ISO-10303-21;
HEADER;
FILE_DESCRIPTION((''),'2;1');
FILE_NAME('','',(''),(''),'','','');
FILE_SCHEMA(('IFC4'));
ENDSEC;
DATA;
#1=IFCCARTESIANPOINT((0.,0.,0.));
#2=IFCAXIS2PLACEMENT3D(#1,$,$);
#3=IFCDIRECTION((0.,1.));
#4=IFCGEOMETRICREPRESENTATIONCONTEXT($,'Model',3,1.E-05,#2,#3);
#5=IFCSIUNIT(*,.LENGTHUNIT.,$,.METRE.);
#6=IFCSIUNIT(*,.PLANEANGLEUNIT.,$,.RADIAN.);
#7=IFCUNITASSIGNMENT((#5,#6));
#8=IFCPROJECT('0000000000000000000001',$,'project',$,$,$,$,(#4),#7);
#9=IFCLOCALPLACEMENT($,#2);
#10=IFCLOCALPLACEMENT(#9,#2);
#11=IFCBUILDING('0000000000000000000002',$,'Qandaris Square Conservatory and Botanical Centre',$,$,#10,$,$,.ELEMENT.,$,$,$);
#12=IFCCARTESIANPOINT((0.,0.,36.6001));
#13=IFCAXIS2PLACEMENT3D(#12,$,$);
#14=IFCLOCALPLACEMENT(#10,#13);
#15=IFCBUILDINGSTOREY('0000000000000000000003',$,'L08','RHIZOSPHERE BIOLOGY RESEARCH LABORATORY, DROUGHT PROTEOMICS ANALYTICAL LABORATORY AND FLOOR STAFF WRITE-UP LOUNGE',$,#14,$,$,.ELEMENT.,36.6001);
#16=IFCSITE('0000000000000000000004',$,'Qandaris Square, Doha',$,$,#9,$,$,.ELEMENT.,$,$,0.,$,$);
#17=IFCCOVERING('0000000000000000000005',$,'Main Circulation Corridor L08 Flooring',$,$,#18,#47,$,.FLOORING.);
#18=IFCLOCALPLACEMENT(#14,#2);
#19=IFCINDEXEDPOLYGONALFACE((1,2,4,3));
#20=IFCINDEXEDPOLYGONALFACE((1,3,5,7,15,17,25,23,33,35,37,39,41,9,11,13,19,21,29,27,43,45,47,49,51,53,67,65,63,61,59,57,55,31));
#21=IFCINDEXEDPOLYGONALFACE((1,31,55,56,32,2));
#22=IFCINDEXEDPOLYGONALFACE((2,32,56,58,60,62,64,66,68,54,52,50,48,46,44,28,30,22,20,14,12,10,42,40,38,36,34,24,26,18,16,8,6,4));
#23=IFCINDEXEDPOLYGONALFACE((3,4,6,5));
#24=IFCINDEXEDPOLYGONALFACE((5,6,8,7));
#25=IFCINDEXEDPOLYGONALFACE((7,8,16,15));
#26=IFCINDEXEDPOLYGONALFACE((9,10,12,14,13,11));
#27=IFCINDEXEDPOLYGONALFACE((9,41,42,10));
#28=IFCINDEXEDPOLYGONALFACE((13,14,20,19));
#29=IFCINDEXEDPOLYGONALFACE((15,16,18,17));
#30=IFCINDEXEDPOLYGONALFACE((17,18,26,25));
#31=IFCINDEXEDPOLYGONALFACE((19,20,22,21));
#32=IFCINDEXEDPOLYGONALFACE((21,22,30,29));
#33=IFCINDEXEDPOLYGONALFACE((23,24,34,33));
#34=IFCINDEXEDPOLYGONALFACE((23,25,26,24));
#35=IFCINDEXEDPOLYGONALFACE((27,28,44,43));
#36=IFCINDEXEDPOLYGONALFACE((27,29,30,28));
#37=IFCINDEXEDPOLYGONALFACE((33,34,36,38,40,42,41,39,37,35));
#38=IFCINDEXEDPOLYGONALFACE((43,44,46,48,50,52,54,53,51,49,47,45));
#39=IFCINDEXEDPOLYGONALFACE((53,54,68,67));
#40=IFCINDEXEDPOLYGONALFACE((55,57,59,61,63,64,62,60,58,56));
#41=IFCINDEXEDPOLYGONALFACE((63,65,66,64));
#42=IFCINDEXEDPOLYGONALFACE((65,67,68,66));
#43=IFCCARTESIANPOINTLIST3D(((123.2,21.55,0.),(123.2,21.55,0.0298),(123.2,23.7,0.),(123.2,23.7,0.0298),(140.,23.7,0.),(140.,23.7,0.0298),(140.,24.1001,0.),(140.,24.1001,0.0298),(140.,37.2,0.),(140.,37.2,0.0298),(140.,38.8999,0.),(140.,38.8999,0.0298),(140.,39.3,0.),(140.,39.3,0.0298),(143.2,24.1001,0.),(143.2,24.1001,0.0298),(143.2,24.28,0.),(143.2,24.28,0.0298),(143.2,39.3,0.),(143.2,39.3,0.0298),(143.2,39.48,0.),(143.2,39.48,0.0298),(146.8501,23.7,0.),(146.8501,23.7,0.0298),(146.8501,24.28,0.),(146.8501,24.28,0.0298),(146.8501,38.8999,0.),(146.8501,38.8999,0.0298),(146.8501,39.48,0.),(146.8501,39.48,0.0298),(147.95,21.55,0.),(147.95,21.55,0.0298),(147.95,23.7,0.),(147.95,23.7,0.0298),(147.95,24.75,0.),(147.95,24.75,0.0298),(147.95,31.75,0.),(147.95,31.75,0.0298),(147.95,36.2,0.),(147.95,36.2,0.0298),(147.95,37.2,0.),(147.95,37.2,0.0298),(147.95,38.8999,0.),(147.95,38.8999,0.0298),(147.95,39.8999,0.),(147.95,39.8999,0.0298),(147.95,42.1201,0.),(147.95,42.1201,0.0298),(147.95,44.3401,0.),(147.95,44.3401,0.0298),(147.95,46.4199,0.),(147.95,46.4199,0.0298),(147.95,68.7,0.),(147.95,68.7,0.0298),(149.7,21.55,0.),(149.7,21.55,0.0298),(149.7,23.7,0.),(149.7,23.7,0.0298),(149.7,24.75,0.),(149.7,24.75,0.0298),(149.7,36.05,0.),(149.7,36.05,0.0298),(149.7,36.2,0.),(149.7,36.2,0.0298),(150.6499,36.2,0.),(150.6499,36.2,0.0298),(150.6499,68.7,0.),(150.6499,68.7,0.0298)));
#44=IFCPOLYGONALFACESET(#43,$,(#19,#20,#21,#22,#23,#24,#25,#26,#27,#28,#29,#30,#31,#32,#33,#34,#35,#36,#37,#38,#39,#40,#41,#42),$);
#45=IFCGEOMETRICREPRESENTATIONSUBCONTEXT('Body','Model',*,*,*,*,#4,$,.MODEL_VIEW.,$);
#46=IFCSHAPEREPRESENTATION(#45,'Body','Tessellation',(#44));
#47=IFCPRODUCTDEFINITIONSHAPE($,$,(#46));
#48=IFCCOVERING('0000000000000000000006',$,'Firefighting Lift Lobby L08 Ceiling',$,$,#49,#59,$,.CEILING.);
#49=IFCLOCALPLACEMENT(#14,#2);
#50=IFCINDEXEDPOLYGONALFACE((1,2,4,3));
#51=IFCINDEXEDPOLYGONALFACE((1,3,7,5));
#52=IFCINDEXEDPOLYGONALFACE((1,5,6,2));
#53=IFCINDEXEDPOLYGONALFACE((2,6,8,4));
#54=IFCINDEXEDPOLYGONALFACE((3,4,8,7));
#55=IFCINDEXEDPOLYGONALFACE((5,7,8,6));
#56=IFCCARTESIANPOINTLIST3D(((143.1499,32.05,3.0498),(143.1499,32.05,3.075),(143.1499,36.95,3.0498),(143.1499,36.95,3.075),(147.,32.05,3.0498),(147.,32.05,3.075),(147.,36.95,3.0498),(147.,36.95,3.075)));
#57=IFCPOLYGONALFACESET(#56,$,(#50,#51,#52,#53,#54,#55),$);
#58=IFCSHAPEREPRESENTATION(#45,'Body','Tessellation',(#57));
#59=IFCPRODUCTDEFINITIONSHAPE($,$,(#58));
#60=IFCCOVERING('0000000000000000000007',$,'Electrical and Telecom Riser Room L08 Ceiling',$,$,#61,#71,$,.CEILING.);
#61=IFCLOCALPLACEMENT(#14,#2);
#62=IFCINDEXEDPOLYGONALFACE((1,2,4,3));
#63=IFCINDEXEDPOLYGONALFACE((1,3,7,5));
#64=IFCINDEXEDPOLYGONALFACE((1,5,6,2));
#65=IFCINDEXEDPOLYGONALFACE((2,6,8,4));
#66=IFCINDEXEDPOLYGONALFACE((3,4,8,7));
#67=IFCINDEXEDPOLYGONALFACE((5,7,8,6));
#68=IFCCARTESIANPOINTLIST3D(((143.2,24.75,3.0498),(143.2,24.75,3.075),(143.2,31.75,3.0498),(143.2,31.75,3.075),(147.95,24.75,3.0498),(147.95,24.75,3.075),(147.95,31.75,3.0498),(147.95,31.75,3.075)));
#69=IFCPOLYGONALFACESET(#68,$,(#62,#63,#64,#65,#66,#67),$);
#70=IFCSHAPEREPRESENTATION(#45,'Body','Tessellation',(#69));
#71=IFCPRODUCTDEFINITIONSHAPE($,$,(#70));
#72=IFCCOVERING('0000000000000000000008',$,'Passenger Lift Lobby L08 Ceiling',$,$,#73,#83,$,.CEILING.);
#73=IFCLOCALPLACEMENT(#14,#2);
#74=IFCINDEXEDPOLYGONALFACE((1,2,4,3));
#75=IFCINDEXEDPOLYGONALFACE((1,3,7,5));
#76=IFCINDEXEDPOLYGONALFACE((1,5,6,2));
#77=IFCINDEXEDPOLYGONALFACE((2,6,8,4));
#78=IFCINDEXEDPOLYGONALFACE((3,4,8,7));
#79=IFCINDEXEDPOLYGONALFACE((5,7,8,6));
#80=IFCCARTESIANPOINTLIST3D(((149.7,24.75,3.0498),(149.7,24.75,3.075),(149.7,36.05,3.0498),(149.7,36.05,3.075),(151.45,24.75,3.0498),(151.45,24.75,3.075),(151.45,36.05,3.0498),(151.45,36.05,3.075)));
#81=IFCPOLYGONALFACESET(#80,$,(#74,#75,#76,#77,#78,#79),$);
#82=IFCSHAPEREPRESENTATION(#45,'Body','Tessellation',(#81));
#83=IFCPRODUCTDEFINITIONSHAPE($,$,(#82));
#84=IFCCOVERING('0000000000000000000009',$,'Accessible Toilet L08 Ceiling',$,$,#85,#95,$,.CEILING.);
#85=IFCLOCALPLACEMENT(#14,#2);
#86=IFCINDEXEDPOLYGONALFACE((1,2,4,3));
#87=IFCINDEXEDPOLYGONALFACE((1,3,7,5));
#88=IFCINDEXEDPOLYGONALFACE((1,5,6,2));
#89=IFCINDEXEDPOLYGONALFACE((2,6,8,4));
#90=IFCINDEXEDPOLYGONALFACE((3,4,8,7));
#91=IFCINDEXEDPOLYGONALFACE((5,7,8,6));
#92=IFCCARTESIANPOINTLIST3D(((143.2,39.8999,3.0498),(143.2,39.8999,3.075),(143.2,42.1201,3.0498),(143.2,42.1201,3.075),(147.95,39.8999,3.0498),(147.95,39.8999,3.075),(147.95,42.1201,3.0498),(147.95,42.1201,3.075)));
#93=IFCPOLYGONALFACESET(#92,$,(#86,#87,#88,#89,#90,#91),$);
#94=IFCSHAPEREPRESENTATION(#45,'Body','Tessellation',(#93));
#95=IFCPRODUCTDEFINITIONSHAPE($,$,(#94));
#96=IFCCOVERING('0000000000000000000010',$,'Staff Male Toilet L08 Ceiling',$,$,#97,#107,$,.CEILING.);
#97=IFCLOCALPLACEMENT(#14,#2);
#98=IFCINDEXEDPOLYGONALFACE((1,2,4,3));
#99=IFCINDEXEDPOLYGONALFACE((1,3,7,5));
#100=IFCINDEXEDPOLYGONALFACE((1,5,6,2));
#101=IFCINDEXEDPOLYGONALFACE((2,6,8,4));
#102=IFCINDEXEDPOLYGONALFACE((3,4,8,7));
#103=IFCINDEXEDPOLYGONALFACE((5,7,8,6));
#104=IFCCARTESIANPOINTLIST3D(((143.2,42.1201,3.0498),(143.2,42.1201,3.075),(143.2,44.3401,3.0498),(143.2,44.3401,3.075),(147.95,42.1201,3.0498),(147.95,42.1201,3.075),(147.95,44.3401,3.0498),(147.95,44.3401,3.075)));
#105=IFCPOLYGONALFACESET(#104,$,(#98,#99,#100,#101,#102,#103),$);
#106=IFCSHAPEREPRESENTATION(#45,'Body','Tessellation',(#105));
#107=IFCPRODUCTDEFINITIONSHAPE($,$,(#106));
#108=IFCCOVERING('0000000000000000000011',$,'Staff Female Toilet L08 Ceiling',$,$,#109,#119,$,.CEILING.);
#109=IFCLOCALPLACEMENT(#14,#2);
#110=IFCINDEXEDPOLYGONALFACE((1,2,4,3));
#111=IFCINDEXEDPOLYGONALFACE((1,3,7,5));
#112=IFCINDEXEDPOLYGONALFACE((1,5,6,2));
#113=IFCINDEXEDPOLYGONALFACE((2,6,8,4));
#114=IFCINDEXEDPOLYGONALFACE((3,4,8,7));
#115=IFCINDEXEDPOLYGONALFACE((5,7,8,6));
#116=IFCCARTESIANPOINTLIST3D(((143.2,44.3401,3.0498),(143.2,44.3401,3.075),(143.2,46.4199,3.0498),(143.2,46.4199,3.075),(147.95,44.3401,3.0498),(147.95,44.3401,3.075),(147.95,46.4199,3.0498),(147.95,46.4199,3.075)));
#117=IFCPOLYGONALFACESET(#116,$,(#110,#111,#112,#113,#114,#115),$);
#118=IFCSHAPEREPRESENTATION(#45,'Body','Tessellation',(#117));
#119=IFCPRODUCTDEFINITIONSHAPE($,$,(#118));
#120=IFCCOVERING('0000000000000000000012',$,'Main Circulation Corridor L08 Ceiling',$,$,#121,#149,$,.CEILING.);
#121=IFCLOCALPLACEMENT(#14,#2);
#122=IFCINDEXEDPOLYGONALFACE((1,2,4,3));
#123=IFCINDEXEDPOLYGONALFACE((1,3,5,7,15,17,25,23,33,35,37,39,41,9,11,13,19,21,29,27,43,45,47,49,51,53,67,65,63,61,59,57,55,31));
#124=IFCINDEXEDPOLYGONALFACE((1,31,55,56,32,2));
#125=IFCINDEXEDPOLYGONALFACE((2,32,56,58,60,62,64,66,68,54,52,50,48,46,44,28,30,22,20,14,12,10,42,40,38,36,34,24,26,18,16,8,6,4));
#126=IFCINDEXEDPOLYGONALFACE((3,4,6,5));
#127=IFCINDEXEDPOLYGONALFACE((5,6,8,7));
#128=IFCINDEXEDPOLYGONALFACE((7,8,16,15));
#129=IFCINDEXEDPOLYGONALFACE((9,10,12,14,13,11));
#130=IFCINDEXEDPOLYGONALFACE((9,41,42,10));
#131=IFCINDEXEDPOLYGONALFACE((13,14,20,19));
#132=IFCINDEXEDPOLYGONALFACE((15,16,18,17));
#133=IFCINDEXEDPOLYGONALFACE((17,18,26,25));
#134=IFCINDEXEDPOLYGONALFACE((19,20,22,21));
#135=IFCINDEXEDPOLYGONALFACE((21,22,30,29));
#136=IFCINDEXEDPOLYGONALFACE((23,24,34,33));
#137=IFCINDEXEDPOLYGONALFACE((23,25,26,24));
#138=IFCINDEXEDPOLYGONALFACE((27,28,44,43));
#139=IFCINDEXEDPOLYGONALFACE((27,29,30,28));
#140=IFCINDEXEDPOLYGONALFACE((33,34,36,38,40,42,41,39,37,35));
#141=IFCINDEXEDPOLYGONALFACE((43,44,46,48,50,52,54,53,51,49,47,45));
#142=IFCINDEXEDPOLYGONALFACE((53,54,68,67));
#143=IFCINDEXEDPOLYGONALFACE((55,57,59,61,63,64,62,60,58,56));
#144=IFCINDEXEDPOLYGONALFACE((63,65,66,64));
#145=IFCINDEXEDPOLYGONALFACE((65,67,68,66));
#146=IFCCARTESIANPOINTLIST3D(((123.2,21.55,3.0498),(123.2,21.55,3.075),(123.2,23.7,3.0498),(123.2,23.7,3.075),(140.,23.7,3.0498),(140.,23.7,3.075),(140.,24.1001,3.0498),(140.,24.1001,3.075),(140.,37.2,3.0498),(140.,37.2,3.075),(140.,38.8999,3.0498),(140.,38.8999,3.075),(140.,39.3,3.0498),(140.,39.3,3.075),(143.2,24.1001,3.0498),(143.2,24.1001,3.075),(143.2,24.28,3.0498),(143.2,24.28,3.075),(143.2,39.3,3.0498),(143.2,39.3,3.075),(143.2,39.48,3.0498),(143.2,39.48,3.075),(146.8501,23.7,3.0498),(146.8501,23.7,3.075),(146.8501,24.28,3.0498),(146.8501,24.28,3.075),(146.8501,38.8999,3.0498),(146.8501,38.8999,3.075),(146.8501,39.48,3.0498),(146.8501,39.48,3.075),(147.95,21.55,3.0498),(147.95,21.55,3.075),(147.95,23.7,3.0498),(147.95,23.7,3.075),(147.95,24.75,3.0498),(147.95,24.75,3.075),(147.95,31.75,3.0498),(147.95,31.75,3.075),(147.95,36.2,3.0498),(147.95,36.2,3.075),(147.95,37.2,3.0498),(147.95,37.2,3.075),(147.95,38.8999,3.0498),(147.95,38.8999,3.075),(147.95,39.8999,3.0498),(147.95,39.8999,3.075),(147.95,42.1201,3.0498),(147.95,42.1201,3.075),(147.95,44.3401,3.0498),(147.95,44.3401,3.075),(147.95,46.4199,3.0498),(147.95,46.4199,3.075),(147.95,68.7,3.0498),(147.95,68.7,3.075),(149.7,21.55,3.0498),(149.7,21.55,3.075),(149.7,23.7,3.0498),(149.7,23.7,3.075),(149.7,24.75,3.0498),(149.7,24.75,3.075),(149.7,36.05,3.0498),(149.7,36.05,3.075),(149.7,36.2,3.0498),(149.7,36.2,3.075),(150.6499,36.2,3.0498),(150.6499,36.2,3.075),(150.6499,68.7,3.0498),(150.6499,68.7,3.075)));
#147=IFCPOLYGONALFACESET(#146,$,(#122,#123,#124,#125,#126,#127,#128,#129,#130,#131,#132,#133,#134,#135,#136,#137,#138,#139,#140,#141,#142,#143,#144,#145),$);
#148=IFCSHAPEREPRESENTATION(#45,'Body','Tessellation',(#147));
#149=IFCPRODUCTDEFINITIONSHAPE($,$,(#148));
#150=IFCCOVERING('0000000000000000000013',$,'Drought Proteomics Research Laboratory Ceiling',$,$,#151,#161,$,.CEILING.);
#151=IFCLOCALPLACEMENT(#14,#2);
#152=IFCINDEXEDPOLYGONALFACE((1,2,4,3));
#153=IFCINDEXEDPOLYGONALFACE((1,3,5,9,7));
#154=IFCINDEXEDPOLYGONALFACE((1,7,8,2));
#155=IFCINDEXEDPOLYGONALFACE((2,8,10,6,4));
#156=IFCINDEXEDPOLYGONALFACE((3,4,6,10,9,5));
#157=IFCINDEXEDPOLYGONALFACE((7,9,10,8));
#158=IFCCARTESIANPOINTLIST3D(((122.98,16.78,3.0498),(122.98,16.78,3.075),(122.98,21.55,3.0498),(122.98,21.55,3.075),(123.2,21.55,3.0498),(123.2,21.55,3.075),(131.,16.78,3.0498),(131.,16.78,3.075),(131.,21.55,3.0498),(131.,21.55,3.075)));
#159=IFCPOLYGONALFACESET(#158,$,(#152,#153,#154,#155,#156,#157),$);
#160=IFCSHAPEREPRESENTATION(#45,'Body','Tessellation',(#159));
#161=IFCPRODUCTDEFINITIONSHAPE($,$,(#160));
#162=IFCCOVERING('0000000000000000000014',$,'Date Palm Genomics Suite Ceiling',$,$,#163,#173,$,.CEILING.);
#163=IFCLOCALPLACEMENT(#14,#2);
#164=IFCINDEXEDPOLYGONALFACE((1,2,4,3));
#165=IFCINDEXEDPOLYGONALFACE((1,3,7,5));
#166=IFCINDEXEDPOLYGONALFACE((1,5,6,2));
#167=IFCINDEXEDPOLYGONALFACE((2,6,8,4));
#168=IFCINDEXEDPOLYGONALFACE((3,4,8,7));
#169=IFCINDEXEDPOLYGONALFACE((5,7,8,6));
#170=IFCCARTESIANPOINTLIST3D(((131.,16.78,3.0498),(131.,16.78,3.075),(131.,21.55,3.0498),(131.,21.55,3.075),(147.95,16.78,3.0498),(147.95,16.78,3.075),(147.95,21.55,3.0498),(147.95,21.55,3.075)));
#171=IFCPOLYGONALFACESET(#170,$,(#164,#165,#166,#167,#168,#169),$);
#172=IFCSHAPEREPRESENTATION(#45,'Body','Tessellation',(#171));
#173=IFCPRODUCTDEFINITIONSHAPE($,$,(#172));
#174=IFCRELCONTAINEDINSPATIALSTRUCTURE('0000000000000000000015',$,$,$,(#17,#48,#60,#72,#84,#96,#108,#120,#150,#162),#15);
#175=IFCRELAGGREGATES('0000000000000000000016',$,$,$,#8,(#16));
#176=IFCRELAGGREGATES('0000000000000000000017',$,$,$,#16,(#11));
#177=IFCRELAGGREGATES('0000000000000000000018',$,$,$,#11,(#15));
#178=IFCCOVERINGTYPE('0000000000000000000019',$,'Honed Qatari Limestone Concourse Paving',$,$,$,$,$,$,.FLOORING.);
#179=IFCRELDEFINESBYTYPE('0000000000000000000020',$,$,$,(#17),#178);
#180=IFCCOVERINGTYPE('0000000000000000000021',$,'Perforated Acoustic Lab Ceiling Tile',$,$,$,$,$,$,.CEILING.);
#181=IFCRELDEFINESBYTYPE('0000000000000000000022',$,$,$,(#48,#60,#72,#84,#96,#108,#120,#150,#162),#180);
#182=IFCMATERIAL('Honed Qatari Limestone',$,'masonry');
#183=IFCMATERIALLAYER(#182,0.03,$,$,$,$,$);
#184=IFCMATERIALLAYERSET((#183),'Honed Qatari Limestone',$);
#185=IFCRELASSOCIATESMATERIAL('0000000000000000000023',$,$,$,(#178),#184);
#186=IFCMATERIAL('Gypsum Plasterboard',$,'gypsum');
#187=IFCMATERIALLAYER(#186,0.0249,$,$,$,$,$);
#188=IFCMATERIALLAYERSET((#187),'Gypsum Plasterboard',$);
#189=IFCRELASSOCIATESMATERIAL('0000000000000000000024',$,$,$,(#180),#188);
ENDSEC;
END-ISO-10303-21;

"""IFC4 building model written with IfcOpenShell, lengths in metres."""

from ifc_helpers import new_model, si_unit, direction, frame, origin, place, context, subcontext, project, spatial, polyline, outline, extrude, material, layer, layer_set, type_object, element, save


model = new_model("IFC4")

# Units and contexts
model_context = context("Model", 3, precision=1e-05, world=origin(), true_north=direction((0.0, 1.0)))
body_context = subcontext(model_context, "Body", "Model", "MODEL_VIEW")
ifc_project = project(units=[si_unit("LENGTHUNIT", "METRE"), si_unit("PLANEANGLEUNIT", "RADIAN")], contexts=[model_context])

# Site, building, storey
site_placement = place(None, origin())
site = spatial("IfcSite", under=ifc_project, at=site_placement, Name="Qandaris Square, Doha", CompositionType="ELEMENT", RefElevation=0.0)
building_placement = place(site_placement, origin())
building = spatial("IfcBuilding", under=site, at=building_placement, Name="Qandaris Square Conservatory and Botanical Centre", CompositionType="ELEMENT")
storey_placement = place(building_placement, frame((0.0, 0.0, 36.6001)))
storey = spatial("IfcBuildingStorey", under=building, at=storey_placement, Name="L08", Description="RHIZOSPHERE BIOLOGY RESEARCH LABORATORY, DROUGHT PROTEOMICS ANALYTICAL LABORATORY AND FLOOR STAFF WRITE-UP LOUNGE", CompositionType="ELEMENT", Elevation=36.6001)

# Coverings
ifc_material_1 = material(Name="Honed Qatari Limestone", Category="masonry")
ifc_layer_1 = layer(ifc_material_1, 0.03)
ifc_layer_set_1 = layer_set([ifc_layer_1], Name="Honed Qatari Limestone")
covering_type_1 = type_object("IfcCoveringType", Name="Honed Qatari Limestone Concourse Paving", PredefinedType="FLOORING", material=ifc_layer_set_1)
covering_1_placement = place(storey_placement, origin())
element("IfcCovering", 1, at=covering_1_placement, inside=storey, type_object=covering_type_1, Name="Main Circulation Corridor L08 Flooring", PredefinedType="FLOORING", context=body_context, shape_type="SweptSolid", body=[
    extrude(outline(polyline([(140.0, 24.1001), (143.2, 24.1001), (143.2, 24.28), (146.8501, 24.28), (146.8501, 23.7), (147.95, 23.7), (147.95, 24.75), (147.95, 31.75), (147.95, 36.2), (147.95, 37.2), (140.0, 37.2), (140.0, 38.8999), (140.0, 39.3), (143.2, 39.3), (143.2, 39.48), (146.8501, 39.48), (146.8501, 38.8999), (147.95, 38.8999), (147.95, 39.8999), (147.95, 42.1201), (147.95, 44.3401), (147.95, 46.4199), (147.95, 68.7), (150.6499, 68.7), (150.6499, 36.2), (149.7, 36.2), (149.7, 36.05), (149.7, 24.75), (149.7, 23.7), (149.7, 21.55), (147.95, 21.55), (123.2, 21.55), (123.2, 23.7), (140.0, 23.7), (140.0, 24.1001)])), origin(), (0.0, 0.0, 1.0), 0.0298),
])
ifc_material_2 = material(Name="Gypsum Plasterboard", Category="gypsum")
ifc_layer_2 = layer(ifc_material_2, 0.0249)
ifc_layer_set_2 = layer_set([ifc_layer_2], Name="Gypsum Plasterboard")
covering_type_2 = type_object("IfcCoveringType", Name="Perforated Acoustic Lab Ceiling Tile", PredefinedType="CEILING", material=ifc_layer_set_2)
covering_2_placement = place(storey_placement, frame((0.0, 0.0, 3.0498)))
element("IfcCovering", 2, at=covering_2_placement, inside=storey, type_object=covering_type_2, Name="Firefighting Lift Lobby L08 Ceiling", PredefinedType="CEILING", context=body_context, shape_type="SweptSolid", body=[
    extrude(outline(polyline([(143.1499, 36.95), (147.0, 36.95), (147.0, 32.05), (143.1499, 32.05), (143.1499, 36.95)])), origin(), (0.0, 0.0, 1.0), 0.0251),
])
covering_3_placement = place(storey_placement, frame((0.0, 0.0, 3.0498)))
element("IfcCovering", 3, at=covering_3_placement, inside=storey, type_object=covering_type_2, Name="Electrical and Telecom Riser Room L08 Ceiling", PredefinedType="CEILING", context=body_context, shape_type="SweptSolid", body=[
    extrude(outline(polyline([(147.95, 31.75), (147.95, 24.75), (143.2, 24.75), (143.2, 31.75), (147.95, 31.75)])), origin(), (0.0, 0.0, 1.0), 0.0251),
])
covering_4_placement = place(storey_placement, frame((0.0, 0.0, 3.0498)))
element("IfcCovering", 4, at=covering_4_placement, inside=storey, type_object=covering_type_2, Name="Passenger Lift Lobby L08 Ceiling", PredefinedType="CEILING", context=body_context, shape_type="SweptSolid", body=[
    extrude(outline(polyline([(149.7, 36.05), (151.45, 36.05), (151.45, 24.75), (149.7, 24.75), (149.7, 36.05)])), origin(), (0.0, 0.0, 1.0), 0.0251),
])
covering_5_placement = place(storey_placement, frame((0.0, 0.0, 3.0498)))
element("IfcCovering", 5, at=covering_5_placement, inside=storey, type_object=covering_type_2, Name="Accessible Toilet L08 Ceiling", PredefinedType="CEILING", context=body_context, shape_type="SweptSolid", body=[
    extrude(outline(polyline([(147.95, 42.1201), (147.95, 39.8999), (143.2, 39.8999), (143.2, 42.1201), (147.95, 42.1201)])), origin(), (0.0, 0.0, 1.0), 0.0251),
])
covering_6_placement = place(storey_placement, frame((0.0, 0.0, 3.0498)))
element("IfcCovering", 6, at=covering_6_placement, inside=storey, type_object=covering_type_2, Name="Staff Male Toilet L08 Ceiling", PredefinedType="CEILING", context=body_context, shape_type="SweptSolid", body=[
    extrude(outline(polyline([(147.95, 44.3401), (147.95, 42.1201), (143.2, 42.1201), (143.2, 44.3401), (147.95, 44.3401)])), origin(), (0.0, 0.0, 1.0), 0.0251),
])
covering_7_placement = place(storey_placement, frame((0.0, 0.0, 3.0498)))
element("IfcCovering", 7, at=covering_7_placement, inside=storey, type_object=covering_type_2, Name="Staff Female Toilet L08 Ceiling", PredefinedType="CEILING", context=body_context, shape_type="SweptSolid", body=[
    extrude(outline(polyline([(147.95, 46.4199), (147.95, 44.3401), (143.2, 44.3401), (143.2, 46.4199), (147.95, 46.4199)])), origin(), (0.0, 0.0, 1.0), 0.0251),
])
covering_8_placement = place(storey_placement, frame((0.0, 0.0, 3.0498)))
element("IfcCovering", 8, at=covering_8_placement, inside=storey, type_object=covering_type_2, Name="Main Circulation Corridor L08 Ceiling", PredefinedType="CEILING", context=body_context, shape_type="SweptSolid", body=[
    extrude(outline(polyline([(140.0, 24.1001), (143.2, 24.1001), (143.2, 24.28), (146.8501, 24.28), (146.8501, 23.7), (147.95, 23.7), (147.95, 24.75), (147.95, 31.75), (147.95, 36.2), (147.95, 37.2), (140.0, 37.2), (140.0, 38.8999), (140.0, 39.3), (143.2, 39.3), (143.2, 39.48), (146.8501, 39.48), (146.8501, 38.8999), (147.95, 38.8999), (147.95, 39.8999), (147.95, 42.1201), (147.95, 44.3401), (147.95, 46.4199), (147.95, 68.7), (150.6499, 68.7), (150.6499, 36.2), (149.7, 36.2), (149.7, 36.05), (149.7, 24.75), (149.7, 23.7), (149.7, 21.55), (147.95, 21.55), (123.2, 21.55), (123.2, 23.7), (140.0, 23.7), (140.0, 24.1001)])), origin(), (0.0, 0.0, 1.0), 0.0251),
])
covering_9_placement = place(storey_placement, frame((0.0, 0.0, 3.0498)))
element("IfcCovering", 9, at=covering_9_placement, inside=storey, type_object=covering_type_2, Name="Drought Proteomics Research Laboratory Ceiling", PredefinedType="CEILING", context=body_context, shape_type="SweptSolid", body=[
    extrude(outline(polyline([(123.2, 21.55), (131.0, 21.55), (131.0, 16.78), (122.98, 16.78), (122.98, 21.55), (123.2, 21.55)])), origin(), (0.0, 0.0, 1.0), 0.0251),
])
covering_10_placement = place(storey_placement, frame((0.0, 0.0, 3.0498)))
element("IfcCovering", 10, at=covering_10_placement, inside=storey, type_object=covering_type_2, Name="Date Palm Genomics Suite Ceiling", PredefinedType="CEILING", context=body_context, shape_type="SweptSolid", body=[
    extrude(outline(polyline([(147.95, 21.55), (147.95, 16.78), (131.0, 16.78), (131.0, 21.55), (147.95, 21.55)])), origin(), (0.0, 0.0, 1.0), 0.0251),
])

save(model, "model.ifc")
